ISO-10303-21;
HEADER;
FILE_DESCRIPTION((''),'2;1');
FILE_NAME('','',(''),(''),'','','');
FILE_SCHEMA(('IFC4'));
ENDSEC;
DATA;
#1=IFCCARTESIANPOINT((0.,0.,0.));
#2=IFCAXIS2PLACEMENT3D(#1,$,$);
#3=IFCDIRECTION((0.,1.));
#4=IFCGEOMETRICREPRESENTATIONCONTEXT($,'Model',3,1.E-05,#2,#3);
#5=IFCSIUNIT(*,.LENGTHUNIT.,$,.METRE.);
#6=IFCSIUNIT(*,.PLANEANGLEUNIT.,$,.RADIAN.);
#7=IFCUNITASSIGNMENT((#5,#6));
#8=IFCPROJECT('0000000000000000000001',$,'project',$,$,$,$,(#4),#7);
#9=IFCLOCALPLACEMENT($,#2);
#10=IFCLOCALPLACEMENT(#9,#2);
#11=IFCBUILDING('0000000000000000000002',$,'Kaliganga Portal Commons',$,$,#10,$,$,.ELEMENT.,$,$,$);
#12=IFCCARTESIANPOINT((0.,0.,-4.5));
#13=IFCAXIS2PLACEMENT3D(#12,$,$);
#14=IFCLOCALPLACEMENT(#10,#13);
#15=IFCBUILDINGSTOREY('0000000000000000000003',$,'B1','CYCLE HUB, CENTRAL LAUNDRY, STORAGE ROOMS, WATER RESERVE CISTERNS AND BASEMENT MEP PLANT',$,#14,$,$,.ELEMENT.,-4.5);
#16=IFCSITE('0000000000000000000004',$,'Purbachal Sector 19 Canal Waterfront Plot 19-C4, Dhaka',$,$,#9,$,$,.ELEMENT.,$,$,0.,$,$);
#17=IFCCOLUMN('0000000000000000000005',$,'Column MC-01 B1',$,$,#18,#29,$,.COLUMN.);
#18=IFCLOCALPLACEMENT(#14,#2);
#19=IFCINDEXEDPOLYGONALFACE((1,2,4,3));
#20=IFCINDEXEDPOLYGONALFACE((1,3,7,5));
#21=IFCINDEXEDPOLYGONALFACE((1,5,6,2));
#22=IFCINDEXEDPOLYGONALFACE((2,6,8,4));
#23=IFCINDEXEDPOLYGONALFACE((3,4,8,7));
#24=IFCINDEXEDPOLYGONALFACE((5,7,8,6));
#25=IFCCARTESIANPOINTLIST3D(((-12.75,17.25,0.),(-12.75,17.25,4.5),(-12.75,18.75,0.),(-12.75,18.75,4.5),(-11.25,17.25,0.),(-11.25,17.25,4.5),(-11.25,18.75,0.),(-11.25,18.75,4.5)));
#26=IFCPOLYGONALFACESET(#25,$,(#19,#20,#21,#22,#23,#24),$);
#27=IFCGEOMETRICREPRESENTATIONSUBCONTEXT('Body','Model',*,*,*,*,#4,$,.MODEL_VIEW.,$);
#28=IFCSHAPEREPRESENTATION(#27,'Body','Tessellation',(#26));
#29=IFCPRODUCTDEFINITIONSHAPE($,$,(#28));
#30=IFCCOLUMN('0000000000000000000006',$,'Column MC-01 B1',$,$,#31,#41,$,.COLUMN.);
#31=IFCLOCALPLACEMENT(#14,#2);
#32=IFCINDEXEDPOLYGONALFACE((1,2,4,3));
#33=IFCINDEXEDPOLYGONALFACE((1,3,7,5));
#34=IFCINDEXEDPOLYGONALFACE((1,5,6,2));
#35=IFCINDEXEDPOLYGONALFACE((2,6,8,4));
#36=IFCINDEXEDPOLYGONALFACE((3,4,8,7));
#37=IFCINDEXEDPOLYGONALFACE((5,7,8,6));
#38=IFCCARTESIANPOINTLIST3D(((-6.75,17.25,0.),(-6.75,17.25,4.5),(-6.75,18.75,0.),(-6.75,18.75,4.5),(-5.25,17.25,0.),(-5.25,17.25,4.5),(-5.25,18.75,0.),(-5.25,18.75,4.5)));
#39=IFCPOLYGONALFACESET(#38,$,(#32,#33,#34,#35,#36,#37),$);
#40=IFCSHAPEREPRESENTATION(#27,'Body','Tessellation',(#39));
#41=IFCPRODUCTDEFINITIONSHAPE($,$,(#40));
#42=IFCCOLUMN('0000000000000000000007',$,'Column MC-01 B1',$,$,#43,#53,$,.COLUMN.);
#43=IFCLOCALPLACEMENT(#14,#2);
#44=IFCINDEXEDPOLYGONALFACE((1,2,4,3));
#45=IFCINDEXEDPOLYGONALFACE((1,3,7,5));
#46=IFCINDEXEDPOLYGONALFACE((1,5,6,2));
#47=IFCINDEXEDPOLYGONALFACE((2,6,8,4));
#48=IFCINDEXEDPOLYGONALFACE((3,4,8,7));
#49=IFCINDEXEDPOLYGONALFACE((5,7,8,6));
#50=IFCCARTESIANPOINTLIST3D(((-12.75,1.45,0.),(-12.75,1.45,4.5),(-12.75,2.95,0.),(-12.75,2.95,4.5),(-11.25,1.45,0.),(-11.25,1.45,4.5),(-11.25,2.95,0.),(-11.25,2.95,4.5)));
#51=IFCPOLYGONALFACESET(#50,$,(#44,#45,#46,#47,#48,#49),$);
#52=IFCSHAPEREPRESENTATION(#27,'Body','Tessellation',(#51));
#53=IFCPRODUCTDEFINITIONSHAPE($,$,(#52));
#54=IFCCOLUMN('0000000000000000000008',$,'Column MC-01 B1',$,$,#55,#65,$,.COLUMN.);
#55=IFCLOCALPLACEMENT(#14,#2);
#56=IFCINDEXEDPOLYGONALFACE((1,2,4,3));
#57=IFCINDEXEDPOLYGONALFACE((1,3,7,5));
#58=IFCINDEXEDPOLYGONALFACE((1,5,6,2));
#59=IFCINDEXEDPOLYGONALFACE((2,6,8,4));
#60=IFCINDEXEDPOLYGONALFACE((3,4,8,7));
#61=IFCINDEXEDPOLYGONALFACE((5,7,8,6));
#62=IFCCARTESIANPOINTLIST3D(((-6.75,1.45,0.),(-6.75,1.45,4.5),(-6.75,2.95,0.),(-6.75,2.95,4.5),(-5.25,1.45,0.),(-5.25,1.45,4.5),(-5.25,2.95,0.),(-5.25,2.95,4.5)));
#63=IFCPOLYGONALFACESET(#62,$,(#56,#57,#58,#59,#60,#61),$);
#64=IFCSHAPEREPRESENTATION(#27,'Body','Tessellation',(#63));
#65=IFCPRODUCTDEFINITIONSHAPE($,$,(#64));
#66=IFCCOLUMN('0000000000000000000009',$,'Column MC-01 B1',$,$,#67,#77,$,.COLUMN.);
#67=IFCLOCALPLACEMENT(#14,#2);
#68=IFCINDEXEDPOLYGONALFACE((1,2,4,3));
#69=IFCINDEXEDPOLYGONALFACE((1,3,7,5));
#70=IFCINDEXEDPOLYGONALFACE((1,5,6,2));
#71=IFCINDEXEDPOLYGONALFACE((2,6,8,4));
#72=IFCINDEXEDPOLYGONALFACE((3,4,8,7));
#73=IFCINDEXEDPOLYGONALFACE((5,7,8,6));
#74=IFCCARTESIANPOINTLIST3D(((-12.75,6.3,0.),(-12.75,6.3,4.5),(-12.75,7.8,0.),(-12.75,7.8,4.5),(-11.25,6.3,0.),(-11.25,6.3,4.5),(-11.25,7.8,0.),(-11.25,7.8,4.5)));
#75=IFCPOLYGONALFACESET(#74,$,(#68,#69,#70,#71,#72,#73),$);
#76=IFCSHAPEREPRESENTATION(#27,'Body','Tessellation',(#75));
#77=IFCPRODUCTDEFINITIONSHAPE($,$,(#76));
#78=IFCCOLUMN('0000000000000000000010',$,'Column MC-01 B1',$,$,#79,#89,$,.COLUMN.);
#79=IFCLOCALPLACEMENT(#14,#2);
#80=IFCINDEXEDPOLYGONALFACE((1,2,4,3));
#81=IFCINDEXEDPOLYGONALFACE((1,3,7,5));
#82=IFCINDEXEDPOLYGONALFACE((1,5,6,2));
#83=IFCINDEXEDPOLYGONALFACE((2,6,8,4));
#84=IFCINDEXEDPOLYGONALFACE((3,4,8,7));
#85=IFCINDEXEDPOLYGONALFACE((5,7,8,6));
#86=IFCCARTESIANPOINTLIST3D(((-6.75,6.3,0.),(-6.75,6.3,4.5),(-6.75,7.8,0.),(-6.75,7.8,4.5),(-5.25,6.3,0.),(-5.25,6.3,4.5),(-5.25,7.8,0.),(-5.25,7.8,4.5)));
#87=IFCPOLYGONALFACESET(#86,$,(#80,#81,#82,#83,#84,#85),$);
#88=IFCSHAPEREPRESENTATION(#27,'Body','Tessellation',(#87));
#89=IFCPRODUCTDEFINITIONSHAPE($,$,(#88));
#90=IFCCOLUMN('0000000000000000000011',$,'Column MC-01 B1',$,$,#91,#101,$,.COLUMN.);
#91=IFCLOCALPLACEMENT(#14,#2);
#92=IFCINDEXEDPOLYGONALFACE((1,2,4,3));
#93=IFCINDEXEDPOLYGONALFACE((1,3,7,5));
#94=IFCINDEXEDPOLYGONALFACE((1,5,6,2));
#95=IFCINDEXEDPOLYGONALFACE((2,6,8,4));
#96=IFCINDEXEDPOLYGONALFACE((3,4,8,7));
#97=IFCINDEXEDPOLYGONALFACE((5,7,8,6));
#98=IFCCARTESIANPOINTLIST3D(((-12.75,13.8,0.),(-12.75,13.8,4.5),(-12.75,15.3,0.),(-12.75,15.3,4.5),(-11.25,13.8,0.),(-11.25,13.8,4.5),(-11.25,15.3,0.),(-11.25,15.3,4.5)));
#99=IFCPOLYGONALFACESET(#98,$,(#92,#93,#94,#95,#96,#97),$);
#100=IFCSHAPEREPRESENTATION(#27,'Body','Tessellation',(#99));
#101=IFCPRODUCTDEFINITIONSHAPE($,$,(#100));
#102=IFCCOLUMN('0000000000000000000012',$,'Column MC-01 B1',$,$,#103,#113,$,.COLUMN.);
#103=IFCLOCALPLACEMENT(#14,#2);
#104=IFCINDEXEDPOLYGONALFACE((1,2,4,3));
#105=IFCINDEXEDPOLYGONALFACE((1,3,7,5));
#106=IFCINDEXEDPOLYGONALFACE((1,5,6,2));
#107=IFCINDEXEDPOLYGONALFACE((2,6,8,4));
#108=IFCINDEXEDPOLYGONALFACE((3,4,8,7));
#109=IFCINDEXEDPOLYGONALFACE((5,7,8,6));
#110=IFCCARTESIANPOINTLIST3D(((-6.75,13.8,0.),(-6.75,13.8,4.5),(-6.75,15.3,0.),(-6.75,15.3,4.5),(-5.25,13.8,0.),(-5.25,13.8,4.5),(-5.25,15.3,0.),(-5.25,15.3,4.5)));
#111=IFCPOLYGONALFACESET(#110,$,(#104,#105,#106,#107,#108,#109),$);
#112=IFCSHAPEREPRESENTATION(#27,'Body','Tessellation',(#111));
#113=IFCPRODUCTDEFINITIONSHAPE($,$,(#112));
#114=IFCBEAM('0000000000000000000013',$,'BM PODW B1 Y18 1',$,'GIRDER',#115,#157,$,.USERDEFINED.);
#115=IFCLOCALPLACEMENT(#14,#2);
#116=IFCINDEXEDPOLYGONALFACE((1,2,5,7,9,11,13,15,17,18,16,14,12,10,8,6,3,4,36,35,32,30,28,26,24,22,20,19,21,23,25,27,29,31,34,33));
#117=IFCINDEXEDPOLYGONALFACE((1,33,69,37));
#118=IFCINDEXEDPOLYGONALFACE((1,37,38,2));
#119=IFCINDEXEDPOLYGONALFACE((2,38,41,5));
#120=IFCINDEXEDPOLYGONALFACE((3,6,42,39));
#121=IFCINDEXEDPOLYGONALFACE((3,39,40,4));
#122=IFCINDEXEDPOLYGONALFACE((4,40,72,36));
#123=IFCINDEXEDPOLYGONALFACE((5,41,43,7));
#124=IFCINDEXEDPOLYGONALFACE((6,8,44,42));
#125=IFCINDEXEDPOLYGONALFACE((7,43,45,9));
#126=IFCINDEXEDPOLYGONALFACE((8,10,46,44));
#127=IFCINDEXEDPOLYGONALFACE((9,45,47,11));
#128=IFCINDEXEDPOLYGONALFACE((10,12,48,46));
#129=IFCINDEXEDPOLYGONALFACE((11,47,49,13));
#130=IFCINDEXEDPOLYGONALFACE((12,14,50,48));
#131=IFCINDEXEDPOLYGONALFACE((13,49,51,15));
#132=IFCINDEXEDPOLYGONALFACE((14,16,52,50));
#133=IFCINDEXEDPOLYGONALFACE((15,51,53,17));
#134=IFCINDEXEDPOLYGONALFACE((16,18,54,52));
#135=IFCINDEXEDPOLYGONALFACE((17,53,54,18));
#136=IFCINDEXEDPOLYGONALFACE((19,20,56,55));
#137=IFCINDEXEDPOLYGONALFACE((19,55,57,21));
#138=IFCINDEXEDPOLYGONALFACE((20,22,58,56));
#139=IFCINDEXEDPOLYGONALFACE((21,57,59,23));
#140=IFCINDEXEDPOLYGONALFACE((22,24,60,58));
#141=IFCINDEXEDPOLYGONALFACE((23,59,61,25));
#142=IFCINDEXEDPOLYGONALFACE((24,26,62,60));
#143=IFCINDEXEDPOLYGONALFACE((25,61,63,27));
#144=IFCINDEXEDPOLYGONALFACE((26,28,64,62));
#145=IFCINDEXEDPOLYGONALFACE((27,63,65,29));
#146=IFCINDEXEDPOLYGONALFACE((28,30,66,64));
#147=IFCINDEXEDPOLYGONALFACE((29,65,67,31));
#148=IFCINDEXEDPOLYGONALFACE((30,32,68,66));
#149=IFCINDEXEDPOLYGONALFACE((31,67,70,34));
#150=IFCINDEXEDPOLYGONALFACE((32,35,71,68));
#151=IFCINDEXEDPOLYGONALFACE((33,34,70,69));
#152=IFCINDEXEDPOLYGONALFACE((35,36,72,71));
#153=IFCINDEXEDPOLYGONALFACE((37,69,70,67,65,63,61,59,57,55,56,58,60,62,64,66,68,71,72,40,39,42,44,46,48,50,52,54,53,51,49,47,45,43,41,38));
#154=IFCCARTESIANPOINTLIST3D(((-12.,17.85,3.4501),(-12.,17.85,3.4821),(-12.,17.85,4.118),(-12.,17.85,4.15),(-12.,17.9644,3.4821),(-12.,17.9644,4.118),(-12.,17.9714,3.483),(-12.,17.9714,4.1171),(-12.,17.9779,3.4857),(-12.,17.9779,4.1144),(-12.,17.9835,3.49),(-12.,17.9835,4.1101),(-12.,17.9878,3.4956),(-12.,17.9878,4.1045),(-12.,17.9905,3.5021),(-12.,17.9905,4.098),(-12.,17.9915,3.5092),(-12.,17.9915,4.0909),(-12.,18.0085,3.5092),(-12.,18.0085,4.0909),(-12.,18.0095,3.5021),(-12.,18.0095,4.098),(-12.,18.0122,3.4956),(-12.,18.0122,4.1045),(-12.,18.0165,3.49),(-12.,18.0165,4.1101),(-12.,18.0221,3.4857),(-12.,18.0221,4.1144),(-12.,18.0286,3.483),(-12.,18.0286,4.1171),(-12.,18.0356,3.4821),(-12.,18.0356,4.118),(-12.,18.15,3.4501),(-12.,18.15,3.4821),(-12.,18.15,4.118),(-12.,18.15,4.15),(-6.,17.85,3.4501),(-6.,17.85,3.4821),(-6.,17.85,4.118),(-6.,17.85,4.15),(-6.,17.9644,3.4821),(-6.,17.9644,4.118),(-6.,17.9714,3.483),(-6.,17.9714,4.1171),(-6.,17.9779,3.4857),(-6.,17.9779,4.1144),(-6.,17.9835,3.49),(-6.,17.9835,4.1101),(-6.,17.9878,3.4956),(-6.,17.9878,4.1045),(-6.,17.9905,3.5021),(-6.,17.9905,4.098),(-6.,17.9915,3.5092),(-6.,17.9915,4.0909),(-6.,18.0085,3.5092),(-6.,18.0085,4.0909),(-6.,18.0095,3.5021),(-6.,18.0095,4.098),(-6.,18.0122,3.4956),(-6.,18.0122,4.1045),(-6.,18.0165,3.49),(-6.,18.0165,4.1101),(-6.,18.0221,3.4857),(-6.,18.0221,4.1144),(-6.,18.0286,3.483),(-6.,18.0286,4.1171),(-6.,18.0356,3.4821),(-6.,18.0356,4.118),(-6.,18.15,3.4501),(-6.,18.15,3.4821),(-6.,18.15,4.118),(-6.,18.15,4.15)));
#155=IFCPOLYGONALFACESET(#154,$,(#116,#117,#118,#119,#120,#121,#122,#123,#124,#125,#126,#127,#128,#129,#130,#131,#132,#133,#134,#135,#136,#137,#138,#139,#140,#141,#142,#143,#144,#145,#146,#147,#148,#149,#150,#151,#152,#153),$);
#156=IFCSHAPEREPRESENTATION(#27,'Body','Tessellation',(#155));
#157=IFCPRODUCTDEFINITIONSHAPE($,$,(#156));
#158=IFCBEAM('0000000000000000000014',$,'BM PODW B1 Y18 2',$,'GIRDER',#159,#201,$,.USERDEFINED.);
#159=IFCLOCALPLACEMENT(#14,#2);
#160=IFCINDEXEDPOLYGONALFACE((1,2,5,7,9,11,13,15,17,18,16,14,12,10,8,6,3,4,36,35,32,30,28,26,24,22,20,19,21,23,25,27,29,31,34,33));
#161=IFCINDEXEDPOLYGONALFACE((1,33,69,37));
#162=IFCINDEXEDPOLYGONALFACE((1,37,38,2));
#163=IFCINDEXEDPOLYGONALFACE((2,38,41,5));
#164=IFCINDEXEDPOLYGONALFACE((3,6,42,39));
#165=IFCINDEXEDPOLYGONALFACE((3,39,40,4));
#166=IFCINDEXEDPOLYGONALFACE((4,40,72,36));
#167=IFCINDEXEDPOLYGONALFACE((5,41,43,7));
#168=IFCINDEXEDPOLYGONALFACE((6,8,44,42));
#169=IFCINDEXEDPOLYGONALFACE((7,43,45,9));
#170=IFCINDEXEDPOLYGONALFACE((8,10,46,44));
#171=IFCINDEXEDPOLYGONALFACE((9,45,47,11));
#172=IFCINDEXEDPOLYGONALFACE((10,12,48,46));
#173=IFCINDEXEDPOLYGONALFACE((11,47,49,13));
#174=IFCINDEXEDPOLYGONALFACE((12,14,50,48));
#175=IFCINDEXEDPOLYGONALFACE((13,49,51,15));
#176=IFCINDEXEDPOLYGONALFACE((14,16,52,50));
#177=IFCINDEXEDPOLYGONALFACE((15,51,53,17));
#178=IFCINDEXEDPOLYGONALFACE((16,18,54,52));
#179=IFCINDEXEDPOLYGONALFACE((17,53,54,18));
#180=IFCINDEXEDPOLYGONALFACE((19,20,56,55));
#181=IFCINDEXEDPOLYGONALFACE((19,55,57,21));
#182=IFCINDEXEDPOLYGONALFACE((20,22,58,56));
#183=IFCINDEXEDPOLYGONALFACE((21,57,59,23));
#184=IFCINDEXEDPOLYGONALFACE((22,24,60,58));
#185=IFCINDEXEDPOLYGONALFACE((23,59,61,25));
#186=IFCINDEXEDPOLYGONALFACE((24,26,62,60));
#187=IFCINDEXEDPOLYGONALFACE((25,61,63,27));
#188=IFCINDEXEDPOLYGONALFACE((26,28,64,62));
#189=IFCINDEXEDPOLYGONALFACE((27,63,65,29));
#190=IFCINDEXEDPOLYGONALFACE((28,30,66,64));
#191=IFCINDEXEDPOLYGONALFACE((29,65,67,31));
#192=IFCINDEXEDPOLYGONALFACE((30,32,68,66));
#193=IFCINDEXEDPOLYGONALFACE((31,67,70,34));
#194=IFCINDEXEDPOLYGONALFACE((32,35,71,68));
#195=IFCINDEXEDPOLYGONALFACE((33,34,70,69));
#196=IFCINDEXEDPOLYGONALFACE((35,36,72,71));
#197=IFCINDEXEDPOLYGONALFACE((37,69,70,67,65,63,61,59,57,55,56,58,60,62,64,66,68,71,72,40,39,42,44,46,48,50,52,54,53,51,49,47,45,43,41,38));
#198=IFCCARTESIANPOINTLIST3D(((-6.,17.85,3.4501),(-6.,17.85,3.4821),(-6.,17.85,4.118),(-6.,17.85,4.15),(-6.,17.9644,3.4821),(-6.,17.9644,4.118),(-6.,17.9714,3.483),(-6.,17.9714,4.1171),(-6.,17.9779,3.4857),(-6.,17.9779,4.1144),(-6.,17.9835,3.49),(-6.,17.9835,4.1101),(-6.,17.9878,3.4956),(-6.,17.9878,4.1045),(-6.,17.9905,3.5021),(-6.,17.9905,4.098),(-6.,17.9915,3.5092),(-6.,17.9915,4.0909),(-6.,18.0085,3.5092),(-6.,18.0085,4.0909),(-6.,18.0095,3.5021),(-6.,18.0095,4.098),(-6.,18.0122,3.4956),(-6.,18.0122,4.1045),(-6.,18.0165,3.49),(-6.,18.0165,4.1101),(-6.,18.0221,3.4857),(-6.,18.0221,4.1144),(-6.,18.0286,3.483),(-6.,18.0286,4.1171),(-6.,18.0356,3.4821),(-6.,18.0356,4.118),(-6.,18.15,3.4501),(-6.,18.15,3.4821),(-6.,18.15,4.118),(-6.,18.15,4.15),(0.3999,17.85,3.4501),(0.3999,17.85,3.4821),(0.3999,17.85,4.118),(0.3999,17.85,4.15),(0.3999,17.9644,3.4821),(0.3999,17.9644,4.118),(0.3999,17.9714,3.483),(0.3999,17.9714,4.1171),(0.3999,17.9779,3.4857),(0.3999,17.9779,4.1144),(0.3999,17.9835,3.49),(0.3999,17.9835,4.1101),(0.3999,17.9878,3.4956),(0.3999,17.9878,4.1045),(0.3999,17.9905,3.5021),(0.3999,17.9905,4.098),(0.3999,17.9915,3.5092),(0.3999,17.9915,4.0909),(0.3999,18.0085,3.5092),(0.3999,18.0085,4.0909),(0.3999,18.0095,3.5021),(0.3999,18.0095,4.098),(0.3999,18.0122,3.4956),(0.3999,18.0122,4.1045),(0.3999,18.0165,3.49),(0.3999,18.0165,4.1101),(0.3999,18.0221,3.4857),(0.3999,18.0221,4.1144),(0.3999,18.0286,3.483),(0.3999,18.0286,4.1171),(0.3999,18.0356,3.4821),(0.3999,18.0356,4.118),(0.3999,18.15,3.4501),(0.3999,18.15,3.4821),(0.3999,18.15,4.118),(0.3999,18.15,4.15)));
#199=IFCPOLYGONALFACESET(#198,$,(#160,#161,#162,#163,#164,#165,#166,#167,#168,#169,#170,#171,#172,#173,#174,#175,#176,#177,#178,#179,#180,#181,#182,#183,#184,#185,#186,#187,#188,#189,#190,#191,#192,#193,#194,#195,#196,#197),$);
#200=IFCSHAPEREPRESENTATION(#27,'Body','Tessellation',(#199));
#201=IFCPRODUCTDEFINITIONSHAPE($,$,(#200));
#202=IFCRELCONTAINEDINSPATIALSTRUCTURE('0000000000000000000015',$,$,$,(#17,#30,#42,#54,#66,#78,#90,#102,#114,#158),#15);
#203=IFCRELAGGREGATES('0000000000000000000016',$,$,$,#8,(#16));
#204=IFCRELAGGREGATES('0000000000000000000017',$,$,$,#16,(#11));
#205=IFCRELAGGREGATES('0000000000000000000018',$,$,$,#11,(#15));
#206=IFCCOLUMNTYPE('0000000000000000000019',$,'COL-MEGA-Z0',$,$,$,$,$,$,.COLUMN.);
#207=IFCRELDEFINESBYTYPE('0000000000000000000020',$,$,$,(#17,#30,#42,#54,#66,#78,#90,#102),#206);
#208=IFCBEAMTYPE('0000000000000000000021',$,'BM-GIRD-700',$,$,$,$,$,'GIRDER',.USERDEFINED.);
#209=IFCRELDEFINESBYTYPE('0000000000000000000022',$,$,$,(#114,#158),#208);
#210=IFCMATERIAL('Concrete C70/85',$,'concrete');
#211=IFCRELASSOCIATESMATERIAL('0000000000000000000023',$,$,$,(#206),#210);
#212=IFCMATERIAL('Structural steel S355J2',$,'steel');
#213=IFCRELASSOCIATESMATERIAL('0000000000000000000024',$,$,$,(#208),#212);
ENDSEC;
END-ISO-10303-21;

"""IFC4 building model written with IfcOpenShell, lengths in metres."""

from ifc_helpers import new_model, si_unit, direction, frame, origin, origin_2d, place, context, subcontext, project, spatial, rectangle, i_section, extrude, source, transform, mapped, material, material_profile, profile_set, type_object, element, save


model = new_model("IFC4")

# Units and contexts
model_context = context("Model", 3, precision=1e-05, world=origin(), true_north=direction((0.0, 1.0)))
body_context = subcontext(model_context, "Body", "Model", "MODEL_VIEW")
ifc_project = project(units=[si_unit("LENGTHUNIT", "METRE"), si_unit("PLANEANGLEUNIT", "RADIAN")], contexts=[model_context])

# Site, building, storey
site_placement = place(None, origin())
site = spatial("IfcSite", under=ifc_project, at=site_placement, Name="Purbachal Sector 19 Canal Waterfront Plot 19-C4, Dhaka", CompositionType="ELEMENT", RefElevation=0.0)
building_placement = place(site_placement, origin())
building = spatial("IfcBuilding", under=site, at=building_placement, Name="Kaliganga Portal Commons", CompositionType="ELEMENT")
storey_placement = place(building_placement, frame((0.0, 0.0, -4.5)))
storey = spatial("IfcBuildingStorey", under=building, at=storey_placement, Name="B1", Description="CYCLE HUB, CENTRAL LAUNDRY, STORAGE ROOMS, WATER RESERVE CISTERNS AND BASEMENT MEP PLANT", CompositionType="ELEMENT", Elevation=-4.5)

# Columns
ifc_material_1 = material(Name="Concrete C70/85", Category="concrete")
ifc_material_profile_1 = material_profile(ifc_material_1, rectangle(XDim=1.5, YDim=1.5, at=origin_2d()), Name="RC 1500x1500")
ifc_profile_set_1 = profile_set([ifc_material_profile_1], Name="Concrete C70/85")
column_type = type_object("IfcColumnType", Name="COL-MEGA-Z0", PredefinedType="COLUMN", material=ifc_profile_set_1)
shared_shape_1 = source(origin(), body_context, "Body", "SweptSolid", [
    extrude(rectangle(XDim=1.5, YDim=1.5, at=origin_2d()), origin(), (0.0, 0.0, 1.0), 4.5),
])
for number, where, z_axis, x_axis, name in (
    (1, (-12.0, 18.0, 0.0), (0.0, 0.0, 1.0), (1.0, 0.0, 0.0), "Column MC-01 B1"),
    (2, (-6.0, 18.0, 0.0), (0.0, 0.0, 1.0), (1.0, 0.0, 0.0), "Column MC-01 B1"),
    (3, (-12.0, 2.2, 0.0), (0.0, 0.0, 1.0), (1.0, 0.0, 0.0), "Column MC-01 B1"),
    (4, (-6.0, 2.2, 0.0), (0.0, 0.0, 1.0), (1.0, 0.0, 0.0), "Column MC-01 B1"),
    (5, (-12.0, 7.05, 0.0), (0.0, 0.0, 1.0), (1.0, 0.0, 0.0), "Column MC-01 B1"),
    (6, (-6.0, 7.05, 0.0), (0.0, 0.0, 1.0), (1.0, 0.0, 0.0), "Column MC-01 B1"),
    (7, (-12.0, 14.55, 0.0), (0.0, 0.0, 1.0), (1.0, 0.0, 0.0), "Column MC-01 B1"),
    (8, (-6.0, 14.55, 0.0), (0.0, 0.0, 1.0), (1.0, 0.0, 0.0), "Column MC-01 B1"),
):
    element("IfcColumn", number, at=place(storey_placement, frame(where, z_axis=z_axis, x_axis=x_axis)), inside=storey, type_object=column_type, Name=name, PredefinedType="COLUMN", context=body_context, shape_type="MappedRepresentation", body=[
        mapped(shared_shape_1, transform((0.0, 0.0, 0.0), x_axis=(1.0, 0.0, 0.0), y_axis=(0.0, 1.0, 0.0), z_axis=(0.0, 0.0, 1.0), scale=1.0)),
    ])

# Beams
ifc_material_2 = material(Name="Structural steel S355J2", Category="steel")
ifc_material_profile_2 = material_profile(ifc_material_2, i_section(OverallWidth=0.3, OverallDepth=0.7, WebThickness=0.0171, FlangeThickness=0.032, FilletRadius=0.0271, at=origin_2d()), Name="HE 700 B")
ifc_profile_set_2 = profile_set([ifc_material_profile_2], Name="Structural steel S355J2 wide-flange")
beam_type_1 = type_object("IfcBeamType", Name="BM-GIRD-700", ElementType="GIRDER", PredefinedType="USERDEFINED", material=ifc_profile_set_2)
shared_shape_2 = source(origin(), body_context, "Body", "SweptSolid", [
    extrude(i_section(OverallWidth=0.3, OverallDepth=0.7, WebThickness=0.0171, FlangeThickness=0.032, FilletRadius=0.0271, at=origin_2d()), origin(), (0.0, 0.0, 1.0), 6.0),
])
beam_1_placement = place(storey_placement, frame((-12.0, 18.0, 3.8), z_axis=(1.0, 0.0, 0.0), x_axis=(0.0, 1.0, 0.0)))
element("IfcBeam", 9, at=beam_1_placement, inside=storey, type_object=beam_type_1, Name="BM PODW B1 Y18 1", ObjectType="GIRDER", PredefinedType="USERDEFINED", context=body_context, shape_type="MappedRepresentation", body=[
    mapped(shared_shape_2, transform((0.0, 0.0, 0.0), x_axis=(1.0, 0.0, 0.0), y_axis=(0.0, 1.0, 0.0), z_axis=(0.0, 0.0, 1.0), scale=1.0)),
])
shared_shape_3 = source(origin(), body_context, "Body", "SweptSolid", [
    extrude(i_section(OverallWidth=0.3, OverallDepth=0.7, WebThickness=0.0171, FlangeThickness=0.032, FilletRadius=0.0271, at=origin_2d()), origin(), (0.0, 0.0, 1.0), 6.3999),
])
beam_2_placement = place(storey_placement, frame((-6.0, 18.0, 3.8), z_axis=(1.0, 0.0, 0.0), x_axis=(0.0, 1.0, 0.0)))
element("IfcBeam", 10, at=beam_2_placement, inside=storey, type_object=beam_type_1, Name="BM PODW B1 Y18 2", ObjectType="GIRDER", PredefinedType="USERDEFINED", context=body_context, shape_type="MappedRepresentation", body=[
    mapped(shared_shape_3, transform((0.0, 0.0, 0.0), x_axis=(1.0, 0.0, 0.0), y_axis=(0.0, 1.0, 0.0), z_axis=(0.0, 0.0, 1.0), scale=1.0)),
])

save(model, "model.ifc")
